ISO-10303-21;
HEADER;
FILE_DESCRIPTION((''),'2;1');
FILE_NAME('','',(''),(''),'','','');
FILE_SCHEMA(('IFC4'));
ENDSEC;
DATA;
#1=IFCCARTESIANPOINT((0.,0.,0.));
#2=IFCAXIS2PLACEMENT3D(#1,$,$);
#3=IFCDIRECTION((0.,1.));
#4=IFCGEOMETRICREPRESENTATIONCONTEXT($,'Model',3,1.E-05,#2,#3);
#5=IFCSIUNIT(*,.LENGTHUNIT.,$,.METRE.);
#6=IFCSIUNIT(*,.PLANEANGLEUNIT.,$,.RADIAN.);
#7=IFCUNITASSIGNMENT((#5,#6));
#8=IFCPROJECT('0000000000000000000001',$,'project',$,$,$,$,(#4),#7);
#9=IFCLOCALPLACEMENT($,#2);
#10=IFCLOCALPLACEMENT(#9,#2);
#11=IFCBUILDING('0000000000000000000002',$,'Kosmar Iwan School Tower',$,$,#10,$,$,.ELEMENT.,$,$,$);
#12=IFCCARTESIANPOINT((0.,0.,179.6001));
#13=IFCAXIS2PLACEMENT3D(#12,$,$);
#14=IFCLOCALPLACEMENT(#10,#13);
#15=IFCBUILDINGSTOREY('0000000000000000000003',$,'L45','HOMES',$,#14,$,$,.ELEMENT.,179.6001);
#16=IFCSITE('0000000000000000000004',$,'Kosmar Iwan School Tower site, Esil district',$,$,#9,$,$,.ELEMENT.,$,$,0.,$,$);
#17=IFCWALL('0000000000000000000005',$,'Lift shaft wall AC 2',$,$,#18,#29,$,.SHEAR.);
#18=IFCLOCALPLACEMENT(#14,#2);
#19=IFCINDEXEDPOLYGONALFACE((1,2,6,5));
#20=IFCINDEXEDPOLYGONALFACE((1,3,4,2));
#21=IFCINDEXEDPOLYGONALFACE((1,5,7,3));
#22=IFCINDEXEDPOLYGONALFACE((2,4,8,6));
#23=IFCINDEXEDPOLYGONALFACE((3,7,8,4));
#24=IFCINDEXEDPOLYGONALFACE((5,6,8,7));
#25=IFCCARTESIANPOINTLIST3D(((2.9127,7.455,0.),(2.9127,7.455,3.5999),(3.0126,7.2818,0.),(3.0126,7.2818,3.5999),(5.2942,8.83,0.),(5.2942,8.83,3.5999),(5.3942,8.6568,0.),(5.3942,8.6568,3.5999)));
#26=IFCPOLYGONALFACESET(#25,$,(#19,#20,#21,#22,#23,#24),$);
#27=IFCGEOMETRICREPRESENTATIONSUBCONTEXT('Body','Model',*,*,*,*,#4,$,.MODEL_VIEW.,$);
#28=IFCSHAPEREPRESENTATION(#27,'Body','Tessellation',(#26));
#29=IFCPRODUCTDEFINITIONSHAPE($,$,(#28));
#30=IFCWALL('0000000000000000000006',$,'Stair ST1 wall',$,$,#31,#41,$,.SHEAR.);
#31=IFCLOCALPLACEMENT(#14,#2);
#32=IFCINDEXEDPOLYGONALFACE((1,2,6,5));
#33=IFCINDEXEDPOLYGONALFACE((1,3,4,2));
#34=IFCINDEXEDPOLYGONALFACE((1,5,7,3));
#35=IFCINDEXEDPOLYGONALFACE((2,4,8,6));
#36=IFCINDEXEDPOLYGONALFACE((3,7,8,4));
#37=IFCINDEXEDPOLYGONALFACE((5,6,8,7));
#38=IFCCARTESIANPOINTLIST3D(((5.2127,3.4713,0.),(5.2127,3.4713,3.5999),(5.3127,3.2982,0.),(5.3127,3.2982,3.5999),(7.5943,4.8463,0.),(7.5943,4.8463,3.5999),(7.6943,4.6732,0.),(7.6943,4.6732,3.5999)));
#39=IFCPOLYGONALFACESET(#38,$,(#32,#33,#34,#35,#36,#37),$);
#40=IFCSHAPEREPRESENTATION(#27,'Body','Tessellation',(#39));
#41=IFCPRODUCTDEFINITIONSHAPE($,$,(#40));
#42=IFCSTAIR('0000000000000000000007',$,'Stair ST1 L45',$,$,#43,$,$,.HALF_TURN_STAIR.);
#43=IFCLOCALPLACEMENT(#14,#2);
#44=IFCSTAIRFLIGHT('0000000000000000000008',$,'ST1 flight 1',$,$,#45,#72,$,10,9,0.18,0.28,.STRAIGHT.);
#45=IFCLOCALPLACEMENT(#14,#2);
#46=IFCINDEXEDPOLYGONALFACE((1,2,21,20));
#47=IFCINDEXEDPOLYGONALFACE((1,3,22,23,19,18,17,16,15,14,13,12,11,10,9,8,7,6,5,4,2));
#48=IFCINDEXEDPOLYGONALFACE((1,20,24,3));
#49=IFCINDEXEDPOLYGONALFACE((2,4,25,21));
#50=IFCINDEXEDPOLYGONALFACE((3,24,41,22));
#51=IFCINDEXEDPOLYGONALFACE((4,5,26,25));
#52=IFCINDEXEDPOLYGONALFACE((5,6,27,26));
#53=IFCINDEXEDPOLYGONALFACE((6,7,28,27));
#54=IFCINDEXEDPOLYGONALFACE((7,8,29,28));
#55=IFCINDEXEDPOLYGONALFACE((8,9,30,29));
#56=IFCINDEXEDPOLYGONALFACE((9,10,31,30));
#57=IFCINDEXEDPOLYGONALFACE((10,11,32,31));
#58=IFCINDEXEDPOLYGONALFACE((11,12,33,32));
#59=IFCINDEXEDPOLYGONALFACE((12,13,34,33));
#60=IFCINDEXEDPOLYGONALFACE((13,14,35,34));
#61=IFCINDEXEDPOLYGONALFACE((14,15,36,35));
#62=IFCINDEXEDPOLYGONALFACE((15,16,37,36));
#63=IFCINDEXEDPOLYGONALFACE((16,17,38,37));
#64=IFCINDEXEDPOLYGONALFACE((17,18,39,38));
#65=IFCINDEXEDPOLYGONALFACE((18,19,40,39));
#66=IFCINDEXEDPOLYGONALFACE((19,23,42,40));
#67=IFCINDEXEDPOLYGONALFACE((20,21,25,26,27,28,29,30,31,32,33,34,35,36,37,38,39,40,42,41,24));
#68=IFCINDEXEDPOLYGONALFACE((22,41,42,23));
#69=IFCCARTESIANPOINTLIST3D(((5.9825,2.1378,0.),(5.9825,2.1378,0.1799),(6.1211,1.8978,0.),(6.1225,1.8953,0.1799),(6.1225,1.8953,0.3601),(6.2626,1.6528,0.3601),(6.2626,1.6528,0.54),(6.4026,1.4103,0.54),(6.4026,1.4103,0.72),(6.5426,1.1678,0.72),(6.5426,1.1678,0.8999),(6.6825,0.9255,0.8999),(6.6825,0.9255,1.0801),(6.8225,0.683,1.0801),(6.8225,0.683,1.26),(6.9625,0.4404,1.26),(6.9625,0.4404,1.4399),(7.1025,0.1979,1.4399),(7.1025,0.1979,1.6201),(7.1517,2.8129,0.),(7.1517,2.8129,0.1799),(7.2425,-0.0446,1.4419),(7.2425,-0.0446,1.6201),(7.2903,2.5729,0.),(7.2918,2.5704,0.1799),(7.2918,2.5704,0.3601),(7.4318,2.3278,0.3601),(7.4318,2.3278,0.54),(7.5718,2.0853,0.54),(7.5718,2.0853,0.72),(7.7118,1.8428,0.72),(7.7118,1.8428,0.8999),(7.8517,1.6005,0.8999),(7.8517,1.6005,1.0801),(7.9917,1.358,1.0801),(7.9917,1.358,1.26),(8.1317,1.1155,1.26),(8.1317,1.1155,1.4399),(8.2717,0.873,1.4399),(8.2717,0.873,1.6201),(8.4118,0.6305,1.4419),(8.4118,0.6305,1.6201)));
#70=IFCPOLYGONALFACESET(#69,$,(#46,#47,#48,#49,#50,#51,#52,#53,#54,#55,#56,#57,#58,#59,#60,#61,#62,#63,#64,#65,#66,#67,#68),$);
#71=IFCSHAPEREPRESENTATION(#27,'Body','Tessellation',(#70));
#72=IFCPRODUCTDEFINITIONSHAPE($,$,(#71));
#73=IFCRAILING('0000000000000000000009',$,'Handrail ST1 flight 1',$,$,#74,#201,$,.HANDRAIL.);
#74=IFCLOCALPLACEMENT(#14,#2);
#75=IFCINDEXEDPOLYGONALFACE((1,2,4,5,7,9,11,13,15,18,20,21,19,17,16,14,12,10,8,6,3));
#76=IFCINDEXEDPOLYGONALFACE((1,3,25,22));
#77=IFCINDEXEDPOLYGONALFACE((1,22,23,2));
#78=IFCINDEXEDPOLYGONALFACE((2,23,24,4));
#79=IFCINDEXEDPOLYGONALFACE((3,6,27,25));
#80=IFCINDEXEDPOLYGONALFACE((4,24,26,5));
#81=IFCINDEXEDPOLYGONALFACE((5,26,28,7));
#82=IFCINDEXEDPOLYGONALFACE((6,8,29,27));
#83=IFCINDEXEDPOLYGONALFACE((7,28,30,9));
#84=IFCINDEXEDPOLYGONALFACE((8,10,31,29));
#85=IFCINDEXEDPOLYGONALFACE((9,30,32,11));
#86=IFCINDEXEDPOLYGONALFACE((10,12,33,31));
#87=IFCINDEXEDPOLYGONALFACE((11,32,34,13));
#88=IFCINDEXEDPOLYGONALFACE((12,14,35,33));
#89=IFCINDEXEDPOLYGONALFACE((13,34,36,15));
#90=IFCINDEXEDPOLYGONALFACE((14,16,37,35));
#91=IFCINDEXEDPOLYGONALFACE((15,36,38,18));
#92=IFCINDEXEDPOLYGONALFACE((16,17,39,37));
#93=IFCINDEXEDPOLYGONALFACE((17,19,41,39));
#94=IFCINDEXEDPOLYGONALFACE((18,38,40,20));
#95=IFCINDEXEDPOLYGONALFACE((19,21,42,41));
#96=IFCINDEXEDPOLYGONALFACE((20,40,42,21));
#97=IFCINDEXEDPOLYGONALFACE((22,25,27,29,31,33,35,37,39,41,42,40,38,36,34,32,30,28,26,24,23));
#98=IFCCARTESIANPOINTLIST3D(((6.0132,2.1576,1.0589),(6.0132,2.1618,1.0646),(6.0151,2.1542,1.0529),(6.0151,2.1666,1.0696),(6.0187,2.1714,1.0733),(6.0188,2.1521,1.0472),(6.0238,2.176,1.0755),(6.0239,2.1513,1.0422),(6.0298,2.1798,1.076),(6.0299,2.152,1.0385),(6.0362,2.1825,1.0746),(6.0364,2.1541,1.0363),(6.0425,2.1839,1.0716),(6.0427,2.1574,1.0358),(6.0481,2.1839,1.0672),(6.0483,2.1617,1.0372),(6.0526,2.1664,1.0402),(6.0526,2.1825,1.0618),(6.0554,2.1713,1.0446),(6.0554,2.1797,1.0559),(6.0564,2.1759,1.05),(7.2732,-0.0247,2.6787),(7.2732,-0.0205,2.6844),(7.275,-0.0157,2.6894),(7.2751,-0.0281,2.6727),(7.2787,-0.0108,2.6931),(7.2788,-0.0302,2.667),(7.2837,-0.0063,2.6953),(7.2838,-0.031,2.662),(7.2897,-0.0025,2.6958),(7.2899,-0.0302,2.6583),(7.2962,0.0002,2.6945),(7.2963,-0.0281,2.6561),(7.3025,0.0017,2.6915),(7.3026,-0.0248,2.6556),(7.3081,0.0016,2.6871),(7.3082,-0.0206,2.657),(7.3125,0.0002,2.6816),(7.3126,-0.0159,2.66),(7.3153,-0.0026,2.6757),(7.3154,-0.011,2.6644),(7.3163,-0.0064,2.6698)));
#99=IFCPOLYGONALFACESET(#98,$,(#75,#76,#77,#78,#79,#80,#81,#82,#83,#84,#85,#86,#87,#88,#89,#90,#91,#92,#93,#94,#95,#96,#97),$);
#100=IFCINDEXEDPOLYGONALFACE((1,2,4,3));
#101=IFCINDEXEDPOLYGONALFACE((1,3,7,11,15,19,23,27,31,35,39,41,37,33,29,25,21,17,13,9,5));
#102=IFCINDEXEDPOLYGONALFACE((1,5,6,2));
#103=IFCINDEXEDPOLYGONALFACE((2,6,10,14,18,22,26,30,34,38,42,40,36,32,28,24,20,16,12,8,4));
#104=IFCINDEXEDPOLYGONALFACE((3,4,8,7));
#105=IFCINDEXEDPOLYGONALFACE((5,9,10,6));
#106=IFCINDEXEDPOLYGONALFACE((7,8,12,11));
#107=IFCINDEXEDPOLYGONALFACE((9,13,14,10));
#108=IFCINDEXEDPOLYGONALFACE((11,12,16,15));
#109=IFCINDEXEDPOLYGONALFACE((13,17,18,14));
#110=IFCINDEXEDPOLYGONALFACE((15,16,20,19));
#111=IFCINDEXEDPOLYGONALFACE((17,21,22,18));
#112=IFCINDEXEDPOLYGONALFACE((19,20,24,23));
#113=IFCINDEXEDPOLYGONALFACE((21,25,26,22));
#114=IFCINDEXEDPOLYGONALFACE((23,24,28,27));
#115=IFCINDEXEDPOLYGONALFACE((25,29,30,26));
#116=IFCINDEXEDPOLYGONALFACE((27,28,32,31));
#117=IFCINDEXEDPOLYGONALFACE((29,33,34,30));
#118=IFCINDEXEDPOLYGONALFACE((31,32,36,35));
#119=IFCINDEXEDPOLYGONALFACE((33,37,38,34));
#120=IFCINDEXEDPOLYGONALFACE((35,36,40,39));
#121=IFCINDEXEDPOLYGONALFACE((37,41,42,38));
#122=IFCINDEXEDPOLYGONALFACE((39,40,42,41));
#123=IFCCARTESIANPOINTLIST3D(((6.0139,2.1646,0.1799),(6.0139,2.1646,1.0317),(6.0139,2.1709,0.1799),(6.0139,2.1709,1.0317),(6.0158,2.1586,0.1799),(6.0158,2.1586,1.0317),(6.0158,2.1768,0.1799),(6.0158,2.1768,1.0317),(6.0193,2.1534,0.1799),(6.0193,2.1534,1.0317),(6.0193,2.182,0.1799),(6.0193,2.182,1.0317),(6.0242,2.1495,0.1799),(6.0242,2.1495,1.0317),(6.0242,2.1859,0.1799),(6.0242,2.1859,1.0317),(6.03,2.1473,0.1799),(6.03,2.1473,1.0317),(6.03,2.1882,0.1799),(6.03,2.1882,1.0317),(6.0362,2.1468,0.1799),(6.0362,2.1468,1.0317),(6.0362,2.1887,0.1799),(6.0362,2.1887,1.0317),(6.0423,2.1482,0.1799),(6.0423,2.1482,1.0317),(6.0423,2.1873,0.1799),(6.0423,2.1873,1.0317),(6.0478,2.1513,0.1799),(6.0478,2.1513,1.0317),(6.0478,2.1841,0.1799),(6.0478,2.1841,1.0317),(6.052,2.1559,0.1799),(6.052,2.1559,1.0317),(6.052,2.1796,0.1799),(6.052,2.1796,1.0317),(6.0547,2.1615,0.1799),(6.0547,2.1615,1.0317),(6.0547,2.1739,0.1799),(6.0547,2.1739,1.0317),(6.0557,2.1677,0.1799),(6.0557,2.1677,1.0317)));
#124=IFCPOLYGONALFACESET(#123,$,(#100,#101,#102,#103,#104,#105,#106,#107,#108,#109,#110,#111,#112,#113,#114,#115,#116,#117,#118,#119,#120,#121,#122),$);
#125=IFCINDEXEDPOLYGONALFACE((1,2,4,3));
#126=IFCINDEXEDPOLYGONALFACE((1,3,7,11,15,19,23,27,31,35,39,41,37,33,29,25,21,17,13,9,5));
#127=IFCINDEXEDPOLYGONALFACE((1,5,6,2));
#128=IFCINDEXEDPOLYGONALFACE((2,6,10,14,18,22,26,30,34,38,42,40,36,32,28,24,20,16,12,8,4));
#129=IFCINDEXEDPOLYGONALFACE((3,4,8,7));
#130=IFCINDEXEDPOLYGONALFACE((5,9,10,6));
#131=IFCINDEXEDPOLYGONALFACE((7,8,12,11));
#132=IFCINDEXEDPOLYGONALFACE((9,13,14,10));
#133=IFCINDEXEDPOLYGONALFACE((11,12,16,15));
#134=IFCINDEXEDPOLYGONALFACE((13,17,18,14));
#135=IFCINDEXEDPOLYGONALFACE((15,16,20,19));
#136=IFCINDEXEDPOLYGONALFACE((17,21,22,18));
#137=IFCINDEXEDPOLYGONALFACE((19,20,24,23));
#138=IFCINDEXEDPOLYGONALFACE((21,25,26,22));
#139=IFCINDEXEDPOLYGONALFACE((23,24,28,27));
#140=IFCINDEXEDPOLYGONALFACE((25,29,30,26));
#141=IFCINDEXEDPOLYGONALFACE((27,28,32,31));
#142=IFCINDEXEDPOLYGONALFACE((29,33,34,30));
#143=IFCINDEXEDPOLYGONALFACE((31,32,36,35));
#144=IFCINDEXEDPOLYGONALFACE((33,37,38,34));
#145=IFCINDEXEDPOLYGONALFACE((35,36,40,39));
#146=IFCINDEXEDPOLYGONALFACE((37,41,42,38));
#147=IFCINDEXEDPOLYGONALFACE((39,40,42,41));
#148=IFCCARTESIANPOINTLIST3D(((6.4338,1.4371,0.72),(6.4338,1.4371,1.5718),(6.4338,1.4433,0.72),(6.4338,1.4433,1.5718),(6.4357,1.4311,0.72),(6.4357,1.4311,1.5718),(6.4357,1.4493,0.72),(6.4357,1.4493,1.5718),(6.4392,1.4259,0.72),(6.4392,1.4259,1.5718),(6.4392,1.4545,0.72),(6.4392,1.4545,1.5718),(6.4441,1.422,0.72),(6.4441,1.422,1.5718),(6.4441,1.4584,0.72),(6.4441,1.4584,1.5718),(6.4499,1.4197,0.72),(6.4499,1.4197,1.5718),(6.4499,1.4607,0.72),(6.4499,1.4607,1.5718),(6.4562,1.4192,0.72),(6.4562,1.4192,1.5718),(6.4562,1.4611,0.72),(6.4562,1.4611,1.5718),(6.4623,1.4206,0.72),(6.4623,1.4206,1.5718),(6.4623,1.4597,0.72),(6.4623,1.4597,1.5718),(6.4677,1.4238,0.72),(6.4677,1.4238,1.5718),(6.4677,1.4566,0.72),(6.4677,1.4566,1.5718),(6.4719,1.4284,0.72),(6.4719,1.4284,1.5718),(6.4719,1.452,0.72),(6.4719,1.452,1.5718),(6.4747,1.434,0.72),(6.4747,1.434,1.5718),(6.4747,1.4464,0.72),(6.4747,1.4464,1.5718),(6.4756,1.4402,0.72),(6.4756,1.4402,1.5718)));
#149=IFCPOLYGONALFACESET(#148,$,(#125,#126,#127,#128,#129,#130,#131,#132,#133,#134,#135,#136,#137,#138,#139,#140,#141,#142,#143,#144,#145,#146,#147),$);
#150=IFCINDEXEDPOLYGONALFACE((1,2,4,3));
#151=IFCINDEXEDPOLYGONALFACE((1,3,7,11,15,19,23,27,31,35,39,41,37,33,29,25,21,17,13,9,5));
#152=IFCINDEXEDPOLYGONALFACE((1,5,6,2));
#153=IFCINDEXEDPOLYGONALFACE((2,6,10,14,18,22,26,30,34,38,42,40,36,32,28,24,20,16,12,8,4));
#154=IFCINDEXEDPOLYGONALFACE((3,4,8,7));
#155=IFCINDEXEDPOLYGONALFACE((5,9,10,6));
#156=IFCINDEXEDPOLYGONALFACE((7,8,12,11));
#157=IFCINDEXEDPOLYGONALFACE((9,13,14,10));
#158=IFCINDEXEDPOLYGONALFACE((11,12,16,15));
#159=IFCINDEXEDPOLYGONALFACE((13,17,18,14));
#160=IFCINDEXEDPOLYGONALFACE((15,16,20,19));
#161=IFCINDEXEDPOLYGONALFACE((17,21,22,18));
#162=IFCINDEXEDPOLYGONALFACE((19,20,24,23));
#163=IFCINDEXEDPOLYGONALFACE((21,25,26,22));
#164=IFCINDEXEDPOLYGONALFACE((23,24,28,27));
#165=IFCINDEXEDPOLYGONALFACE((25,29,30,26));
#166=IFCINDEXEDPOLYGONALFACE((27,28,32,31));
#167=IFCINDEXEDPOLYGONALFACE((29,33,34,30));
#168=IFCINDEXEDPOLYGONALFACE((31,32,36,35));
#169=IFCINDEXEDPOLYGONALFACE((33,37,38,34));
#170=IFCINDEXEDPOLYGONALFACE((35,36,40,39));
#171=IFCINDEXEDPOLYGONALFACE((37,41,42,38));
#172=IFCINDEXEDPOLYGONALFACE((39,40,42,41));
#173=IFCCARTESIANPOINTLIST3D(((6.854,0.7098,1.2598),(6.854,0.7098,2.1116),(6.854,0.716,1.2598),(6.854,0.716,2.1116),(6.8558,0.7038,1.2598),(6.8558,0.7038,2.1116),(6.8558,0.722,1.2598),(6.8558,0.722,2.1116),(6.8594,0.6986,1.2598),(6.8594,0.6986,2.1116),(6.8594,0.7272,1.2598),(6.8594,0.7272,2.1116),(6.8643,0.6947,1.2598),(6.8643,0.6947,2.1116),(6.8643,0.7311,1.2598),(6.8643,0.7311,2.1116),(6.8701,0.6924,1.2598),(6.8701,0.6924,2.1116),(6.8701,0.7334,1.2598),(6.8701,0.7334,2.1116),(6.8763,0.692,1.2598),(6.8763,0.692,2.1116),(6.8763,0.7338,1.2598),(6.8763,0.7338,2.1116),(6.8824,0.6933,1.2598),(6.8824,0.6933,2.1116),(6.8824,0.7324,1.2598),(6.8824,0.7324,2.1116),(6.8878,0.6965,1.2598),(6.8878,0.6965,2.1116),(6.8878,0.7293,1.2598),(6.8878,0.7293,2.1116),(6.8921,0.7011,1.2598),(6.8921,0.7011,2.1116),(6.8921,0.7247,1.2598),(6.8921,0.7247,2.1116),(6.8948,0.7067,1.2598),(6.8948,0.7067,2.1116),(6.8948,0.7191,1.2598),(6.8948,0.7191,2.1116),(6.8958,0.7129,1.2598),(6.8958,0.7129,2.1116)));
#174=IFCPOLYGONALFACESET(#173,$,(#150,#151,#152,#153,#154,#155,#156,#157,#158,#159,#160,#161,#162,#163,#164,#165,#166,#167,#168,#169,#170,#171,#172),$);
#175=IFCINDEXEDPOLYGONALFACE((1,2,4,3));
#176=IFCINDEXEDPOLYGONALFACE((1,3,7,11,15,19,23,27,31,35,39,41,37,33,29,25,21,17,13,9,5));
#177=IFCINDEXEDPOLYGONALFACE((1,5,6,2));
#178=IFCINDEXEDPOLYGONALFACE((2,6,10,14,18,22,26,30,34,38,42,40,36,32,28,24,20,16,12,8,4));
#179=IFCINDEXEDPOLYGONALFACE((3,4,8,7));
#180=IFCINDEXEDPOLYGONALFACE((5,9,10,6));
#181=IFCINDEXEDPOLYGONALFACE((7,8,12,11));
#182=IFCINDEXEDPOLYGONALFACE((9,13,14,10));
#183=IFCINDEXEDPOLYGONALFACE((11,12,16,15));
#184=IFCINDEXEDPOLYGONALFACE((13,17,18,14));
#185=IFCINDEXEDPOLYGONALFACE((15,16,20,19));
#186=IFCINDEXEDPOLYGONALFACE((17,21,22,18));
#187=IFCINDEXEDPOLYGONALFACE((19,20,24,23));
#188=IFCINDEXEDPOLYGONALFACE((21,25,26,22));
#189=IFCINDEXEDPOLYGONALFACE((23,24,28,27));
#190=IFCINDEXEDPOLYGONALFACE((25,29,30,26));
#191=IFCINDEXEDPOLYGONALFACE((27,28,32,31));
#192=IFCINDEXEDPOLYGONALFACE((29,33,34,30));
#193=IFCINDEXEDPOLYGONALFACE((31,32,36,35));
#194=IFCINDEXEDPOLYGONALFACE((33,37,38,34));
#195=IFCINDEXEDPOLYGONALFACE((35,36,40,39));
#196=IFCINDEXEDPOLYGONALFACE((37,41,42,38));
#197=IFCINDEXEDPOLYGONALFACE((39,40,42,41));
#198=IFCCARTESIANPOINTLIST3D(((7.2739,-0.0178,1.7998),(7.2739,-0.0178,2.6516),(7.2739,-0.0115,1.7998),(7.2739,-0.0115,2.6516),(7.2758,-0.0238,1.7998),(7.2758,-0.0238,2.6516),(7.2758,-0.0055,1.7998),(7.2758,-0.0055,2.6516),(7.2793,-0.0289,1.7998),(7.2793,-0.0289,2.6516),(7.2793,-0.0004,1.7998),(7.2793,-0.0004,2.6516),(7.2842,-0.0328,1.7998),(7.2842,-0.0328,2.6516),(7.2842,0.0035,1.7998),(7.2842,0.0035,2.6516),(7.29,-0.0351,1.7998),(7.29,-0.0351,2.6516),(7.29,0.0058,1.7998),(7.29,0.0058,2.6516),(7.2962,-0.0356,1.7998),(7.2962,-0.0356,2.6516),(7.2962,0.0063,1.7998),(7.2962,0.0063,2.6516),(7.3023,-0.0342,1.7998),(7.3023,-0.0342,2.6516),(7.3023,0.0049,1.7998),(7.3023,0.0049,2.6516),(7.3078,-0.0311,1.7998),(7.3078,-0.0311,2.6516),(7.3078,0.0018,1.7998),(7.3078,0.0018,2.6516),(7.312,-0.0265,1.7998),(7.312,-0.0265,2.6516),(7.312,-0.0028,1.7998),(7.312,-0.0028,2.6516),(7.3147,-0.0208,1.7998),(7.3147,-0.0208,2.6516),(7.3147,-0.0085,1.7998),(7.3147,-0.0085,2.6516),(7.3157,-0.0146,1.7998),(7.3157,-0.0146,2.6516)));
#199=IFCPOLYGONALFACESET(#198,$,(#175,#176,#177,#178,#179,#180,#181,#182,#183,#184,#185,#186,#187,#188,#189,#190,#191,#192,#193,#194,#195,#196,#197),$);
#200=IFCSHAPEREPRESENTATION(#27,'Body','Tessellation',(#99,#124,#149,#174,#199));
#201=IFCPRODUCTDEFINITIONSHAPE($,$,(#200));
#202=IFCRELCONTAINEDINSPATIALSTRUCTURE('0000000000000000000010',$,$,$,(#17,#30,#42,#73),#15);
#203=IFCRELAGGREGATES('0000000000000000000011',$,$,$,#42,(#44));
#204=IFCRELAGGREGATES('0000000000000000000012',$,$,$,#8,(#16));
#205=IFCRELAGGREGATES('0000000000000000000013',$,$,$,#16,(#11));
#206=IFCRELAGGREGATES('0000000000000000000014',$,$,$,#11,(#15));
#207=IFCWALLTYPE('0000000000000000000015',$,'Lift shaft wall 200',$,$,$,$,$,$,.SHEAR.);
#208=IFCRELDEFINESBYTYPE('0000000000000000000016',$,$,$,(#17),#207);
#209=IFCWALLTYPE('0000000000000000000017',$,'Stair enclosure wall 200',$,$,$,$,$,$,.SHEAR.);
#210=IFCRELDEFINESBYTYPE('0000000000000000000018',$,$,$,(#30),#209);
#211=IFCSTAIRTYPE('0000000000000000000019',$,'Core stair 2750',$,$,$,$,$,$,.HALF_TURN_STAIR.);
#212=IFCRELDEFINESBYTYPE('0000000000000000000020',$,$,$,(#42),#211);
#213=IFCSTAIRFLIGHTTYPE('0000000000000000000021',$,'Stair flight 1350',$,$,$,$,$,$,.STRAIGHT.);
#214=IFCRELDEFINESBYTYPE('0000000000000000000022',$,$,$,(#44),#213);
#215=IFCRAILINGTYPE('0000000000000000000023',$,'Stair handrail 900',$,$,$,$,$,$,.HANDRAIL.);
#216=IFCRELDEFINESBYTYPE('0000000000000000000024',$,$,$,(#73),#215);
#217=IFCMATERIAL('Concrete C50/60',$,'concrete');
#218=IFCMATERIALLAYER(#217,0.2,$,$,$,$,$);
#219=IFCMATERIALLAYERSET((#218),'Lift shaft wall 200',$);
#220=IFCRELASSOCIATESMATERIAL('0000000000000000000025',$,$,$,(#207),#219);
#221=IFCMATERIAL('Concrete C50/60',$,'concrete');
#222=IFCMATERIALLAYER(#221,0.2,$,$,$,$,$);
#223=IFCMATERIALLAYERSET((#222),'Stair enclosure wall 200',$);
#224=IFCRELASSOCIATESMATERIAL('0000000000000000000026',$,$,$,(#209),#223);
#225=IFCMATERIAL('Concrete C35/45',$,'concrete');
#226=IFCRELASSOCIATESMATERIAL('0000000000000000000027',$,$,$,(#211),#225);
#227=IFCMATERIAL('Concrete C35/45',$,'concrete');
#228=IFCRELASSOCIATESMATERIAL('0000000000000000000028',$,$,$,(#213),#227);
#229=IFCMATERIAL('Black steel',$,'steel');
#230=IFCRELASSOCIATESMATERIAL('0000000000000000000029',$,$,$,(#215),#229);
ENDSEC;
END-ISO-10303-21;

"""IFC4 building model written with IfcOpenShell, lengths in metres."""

from ifc_helpers import new_model, si_unit, direction, frame, frame_2d, origin, origin_2d, place, context, subcontext, project, spatial, polyline, rectangle, circle, outline, extrude, material, layer, layer_set, type_object, element, aggregate, save


model = new_model("IFC4")

# Units and contexts
model_context = context("Model", 3, precision=1e-05, world=origin(), true_north=direction((0.0, 1.0)))
body_context = subcontext(model_context, "Body", "Model", "MODEL_VIEW")
ifc_project = project(units=[si_unit("LENGTHUNIT", "METRE"), si_unit("PLANEANGLEUNIT", "RADIAN")], contexts=[model_context])

# Site, building, storey
site_placement = place(None, origin())
site = spatial("IfcSite", under=ifc_project, at=site_placement, Name="Kosmar Iwan School Tower site, Esil district", CompositionType="ELEMENT", RefElevation=0.0)
building_placement = place(site_placement, origin())
building = spatial("IfcBuilding", under=site, at=building_placement, Name="Kosmar Iwan School Tower", CompositionType="ELEMENT")
storey_placement = place(building_placement, frame((0.0, 0.0, 179.6001)))
storey = spatial("IfcBuildingStorey", under=building, at=storey_placement, Name="L45", Description="HOMES", CompositionType="ELEMENT", Elevation=179.6001)

# Walls
ifc_material_1 = material(Name="Concrete C50/60", Category="concrete")
ifc_layer_1 = layer(ifc_material_1, 0.2)
ifc_layer_set_1 = layer_set([ifc_layer_1], Name="Lift shaft wall 200")
wall_type_1 = type_object("IfcWallType", Name="Lift shaft wall 200", PredefinedType="SHEAR", material=ifc_layer_set_1)
for number, where, z_axis, x_axis, name in (
    (1, (2.9626, 7.3684, 0.0), (0.0, 0.0, 1.0), (0.866027, 0.499997, 0.0), "Lift shaft wall AC 2"),
):
    element("IfcWall", number, at=place(storey_placement, frame(where, z_axis=z_axis, x_axis=x_axis)), inside=storey, type_object=wall_type_1, Name=name, PredefinedType="SHEAR", context=body_context, shape_type="SweptSolid", body=[
        extrude(rectangle(XDim=2.75, YDim=0.2, at=frame_2d((1.375, 0.0))), origin(), (0.0, 0.0, 1.0), 3.5999),
    ])
ifc_material_2 = material(Name="Concrete C50/60", Category="concrete")
ifc_layer_2 = layer(ifc_material_2, 0.2)
ifc_layer_set_2 = layer_set([ifc_layer_2], Name="Stair enclosure wall 200")
wall_type_2 = type_object("IfcWallType", Name="Stair enclosure wall 200", PredefinedType="SHEAR", material=ifc_layer_set_2)
wall_1_placement = place(storey_placement, frame((5.2627, 3.3848, 0.0), z_axis=(0.0, 0.0, 1.0), x_axis=(0.866027, 0.499997, 0.0)))
element("IfcWall", 2, at=wall_1_placement, inside=storey, type_object=wall_type_2, Name="Stair ST1 wall", PredefinedType="SHEAR", context=body_context, shape_type="SweptSolid", body=[
    extrude(rectangle(XDim=2.75, YDim=0.2, at=frame_2d((1.375, 0.0))), origin(), (0.0, 0.0, 1.0), 3.5999),
])

# Stair, stair flight
ifc_material_3 = material(Name="Concrete C35/45", Category="concrete")
stair_type_1 = type_object("IfcStairType", Name="Core stair 2750", PredefinedType="HALF_TURN_STAIR", material=ifc_material_3)
stair_1_placement = place(storey_placement, origin())
stair_1 = element("IfcStair", 3, at=stair_1_placement, inside=storey, type_object=stair_type_1, Name="Stair ST1 L45", PredefinedType="HALF_TURN_STAIR")
ifc_material_4 = material(Name="Concrete C35/45", Category="concrete")
stair_flight_type = type_object("IfcStairFlightType", Name="Stair flight 1350", PredefinedType="STRAIGHT", material=ifc_material_4)
stair_flight_placement = place(storey_placement, frame((6.5671, 2.4753, 0.0), z_axis=(0.0, 0.0, 1.0), x_axis=(0.5, -0.866025, 0.0)))
stair_flight = element("IfcStairFlight", 4, at=stair_flight_placement, type_object=stair_flight_type, Name="ST1 flight 1", NumberOfRisers=10, NumberOfTreads=9, PredefinedType="STRAIGHT", RiserHeight=0.18, TreadLength=0.28, context=body_context, shape_type="SweptSolid", body=[
    extrude(outline(polyline([(0.0, 0.0), (0.0, 0.1799), (0.28, 0.1799), (0.28, 0.3601), (0.5601, 0.3601), (0.5601, 0.54), (0.8401, 0.54), (0.8401, 0.72), (1.1201, 0.72), (1.1201, 0.8999), (1.3999, 0.8999), (1.3999, 1.0801), (1.6799, 1.0801), (1.6799, 1.26), (1.96, 1.26), (1.96, 1.4399), (2.24, 1.4399), (2.24, 1.6201), (2.52, 1.6201), (2.52, 1.8), (2.52, 1.4419), (0.2771, 0.0), (0.0, 0.0)])), frame((0.0, 0.675, 0.0), z_axis=(0.0, -1.0, 0.0), x_axis=(1.0, 0.0, 0.0)), (0.0, 0.0, 1.0), 1.3501),
])
aggregate(stair_1, [stair_flight])

# Railing
ifc_material_5 = material(Name="Black steel", Category="steel")
railing_type = type_object("IfcRailingType", Name="Stair handrail 900", PredefinedType="HANDRAIL", material=ifc_material_5)
railing_placement = place(storey_placement, frame((6.0347, 2.1677, 0.1799)))
element("IfcRailing", 5, at=railing_placement, inside=storey, type_object=railing_type, Name="Handrail ST1 flight 1", PredefinedType="HANDRAIL", context=body_context, shape_type="SweptSolid", body=[
    extrude(circle(Radius=0.0239, at=origin_2d()), frame((0.0, 0.0, 0.876), z_axis=(0.420603, -0.728496, 0.540728), x_axis=(0.866023, 0.500005, 0.0)), (0.0, 0.0, 1.0), 2.9956),
    extrude(circle(Radius=0.021, at=origin_2d()), origin(), (0.0, 0.0, 1.0), 0.8518),
    extrude(circle(Radius=0.021, at=origin_2d()), frame((0.4199, -0.7275, 0.54)), (0.0, 0.0, 1.0), 0.8518),
    extrude(circle(Radius=0.021, at=origin_2d()), frame((0.8401, -1.4548, 1.0798)), (0.0, 0.0, 1.0), 0.8518),
    extrude(circle(Radius=0.021, at=origin_2d()), frame((1.26, -2.1824, 1.6199)), (0.0, 0.0, 1.0), 0.8518),
])

save(model, "model.ifc")
